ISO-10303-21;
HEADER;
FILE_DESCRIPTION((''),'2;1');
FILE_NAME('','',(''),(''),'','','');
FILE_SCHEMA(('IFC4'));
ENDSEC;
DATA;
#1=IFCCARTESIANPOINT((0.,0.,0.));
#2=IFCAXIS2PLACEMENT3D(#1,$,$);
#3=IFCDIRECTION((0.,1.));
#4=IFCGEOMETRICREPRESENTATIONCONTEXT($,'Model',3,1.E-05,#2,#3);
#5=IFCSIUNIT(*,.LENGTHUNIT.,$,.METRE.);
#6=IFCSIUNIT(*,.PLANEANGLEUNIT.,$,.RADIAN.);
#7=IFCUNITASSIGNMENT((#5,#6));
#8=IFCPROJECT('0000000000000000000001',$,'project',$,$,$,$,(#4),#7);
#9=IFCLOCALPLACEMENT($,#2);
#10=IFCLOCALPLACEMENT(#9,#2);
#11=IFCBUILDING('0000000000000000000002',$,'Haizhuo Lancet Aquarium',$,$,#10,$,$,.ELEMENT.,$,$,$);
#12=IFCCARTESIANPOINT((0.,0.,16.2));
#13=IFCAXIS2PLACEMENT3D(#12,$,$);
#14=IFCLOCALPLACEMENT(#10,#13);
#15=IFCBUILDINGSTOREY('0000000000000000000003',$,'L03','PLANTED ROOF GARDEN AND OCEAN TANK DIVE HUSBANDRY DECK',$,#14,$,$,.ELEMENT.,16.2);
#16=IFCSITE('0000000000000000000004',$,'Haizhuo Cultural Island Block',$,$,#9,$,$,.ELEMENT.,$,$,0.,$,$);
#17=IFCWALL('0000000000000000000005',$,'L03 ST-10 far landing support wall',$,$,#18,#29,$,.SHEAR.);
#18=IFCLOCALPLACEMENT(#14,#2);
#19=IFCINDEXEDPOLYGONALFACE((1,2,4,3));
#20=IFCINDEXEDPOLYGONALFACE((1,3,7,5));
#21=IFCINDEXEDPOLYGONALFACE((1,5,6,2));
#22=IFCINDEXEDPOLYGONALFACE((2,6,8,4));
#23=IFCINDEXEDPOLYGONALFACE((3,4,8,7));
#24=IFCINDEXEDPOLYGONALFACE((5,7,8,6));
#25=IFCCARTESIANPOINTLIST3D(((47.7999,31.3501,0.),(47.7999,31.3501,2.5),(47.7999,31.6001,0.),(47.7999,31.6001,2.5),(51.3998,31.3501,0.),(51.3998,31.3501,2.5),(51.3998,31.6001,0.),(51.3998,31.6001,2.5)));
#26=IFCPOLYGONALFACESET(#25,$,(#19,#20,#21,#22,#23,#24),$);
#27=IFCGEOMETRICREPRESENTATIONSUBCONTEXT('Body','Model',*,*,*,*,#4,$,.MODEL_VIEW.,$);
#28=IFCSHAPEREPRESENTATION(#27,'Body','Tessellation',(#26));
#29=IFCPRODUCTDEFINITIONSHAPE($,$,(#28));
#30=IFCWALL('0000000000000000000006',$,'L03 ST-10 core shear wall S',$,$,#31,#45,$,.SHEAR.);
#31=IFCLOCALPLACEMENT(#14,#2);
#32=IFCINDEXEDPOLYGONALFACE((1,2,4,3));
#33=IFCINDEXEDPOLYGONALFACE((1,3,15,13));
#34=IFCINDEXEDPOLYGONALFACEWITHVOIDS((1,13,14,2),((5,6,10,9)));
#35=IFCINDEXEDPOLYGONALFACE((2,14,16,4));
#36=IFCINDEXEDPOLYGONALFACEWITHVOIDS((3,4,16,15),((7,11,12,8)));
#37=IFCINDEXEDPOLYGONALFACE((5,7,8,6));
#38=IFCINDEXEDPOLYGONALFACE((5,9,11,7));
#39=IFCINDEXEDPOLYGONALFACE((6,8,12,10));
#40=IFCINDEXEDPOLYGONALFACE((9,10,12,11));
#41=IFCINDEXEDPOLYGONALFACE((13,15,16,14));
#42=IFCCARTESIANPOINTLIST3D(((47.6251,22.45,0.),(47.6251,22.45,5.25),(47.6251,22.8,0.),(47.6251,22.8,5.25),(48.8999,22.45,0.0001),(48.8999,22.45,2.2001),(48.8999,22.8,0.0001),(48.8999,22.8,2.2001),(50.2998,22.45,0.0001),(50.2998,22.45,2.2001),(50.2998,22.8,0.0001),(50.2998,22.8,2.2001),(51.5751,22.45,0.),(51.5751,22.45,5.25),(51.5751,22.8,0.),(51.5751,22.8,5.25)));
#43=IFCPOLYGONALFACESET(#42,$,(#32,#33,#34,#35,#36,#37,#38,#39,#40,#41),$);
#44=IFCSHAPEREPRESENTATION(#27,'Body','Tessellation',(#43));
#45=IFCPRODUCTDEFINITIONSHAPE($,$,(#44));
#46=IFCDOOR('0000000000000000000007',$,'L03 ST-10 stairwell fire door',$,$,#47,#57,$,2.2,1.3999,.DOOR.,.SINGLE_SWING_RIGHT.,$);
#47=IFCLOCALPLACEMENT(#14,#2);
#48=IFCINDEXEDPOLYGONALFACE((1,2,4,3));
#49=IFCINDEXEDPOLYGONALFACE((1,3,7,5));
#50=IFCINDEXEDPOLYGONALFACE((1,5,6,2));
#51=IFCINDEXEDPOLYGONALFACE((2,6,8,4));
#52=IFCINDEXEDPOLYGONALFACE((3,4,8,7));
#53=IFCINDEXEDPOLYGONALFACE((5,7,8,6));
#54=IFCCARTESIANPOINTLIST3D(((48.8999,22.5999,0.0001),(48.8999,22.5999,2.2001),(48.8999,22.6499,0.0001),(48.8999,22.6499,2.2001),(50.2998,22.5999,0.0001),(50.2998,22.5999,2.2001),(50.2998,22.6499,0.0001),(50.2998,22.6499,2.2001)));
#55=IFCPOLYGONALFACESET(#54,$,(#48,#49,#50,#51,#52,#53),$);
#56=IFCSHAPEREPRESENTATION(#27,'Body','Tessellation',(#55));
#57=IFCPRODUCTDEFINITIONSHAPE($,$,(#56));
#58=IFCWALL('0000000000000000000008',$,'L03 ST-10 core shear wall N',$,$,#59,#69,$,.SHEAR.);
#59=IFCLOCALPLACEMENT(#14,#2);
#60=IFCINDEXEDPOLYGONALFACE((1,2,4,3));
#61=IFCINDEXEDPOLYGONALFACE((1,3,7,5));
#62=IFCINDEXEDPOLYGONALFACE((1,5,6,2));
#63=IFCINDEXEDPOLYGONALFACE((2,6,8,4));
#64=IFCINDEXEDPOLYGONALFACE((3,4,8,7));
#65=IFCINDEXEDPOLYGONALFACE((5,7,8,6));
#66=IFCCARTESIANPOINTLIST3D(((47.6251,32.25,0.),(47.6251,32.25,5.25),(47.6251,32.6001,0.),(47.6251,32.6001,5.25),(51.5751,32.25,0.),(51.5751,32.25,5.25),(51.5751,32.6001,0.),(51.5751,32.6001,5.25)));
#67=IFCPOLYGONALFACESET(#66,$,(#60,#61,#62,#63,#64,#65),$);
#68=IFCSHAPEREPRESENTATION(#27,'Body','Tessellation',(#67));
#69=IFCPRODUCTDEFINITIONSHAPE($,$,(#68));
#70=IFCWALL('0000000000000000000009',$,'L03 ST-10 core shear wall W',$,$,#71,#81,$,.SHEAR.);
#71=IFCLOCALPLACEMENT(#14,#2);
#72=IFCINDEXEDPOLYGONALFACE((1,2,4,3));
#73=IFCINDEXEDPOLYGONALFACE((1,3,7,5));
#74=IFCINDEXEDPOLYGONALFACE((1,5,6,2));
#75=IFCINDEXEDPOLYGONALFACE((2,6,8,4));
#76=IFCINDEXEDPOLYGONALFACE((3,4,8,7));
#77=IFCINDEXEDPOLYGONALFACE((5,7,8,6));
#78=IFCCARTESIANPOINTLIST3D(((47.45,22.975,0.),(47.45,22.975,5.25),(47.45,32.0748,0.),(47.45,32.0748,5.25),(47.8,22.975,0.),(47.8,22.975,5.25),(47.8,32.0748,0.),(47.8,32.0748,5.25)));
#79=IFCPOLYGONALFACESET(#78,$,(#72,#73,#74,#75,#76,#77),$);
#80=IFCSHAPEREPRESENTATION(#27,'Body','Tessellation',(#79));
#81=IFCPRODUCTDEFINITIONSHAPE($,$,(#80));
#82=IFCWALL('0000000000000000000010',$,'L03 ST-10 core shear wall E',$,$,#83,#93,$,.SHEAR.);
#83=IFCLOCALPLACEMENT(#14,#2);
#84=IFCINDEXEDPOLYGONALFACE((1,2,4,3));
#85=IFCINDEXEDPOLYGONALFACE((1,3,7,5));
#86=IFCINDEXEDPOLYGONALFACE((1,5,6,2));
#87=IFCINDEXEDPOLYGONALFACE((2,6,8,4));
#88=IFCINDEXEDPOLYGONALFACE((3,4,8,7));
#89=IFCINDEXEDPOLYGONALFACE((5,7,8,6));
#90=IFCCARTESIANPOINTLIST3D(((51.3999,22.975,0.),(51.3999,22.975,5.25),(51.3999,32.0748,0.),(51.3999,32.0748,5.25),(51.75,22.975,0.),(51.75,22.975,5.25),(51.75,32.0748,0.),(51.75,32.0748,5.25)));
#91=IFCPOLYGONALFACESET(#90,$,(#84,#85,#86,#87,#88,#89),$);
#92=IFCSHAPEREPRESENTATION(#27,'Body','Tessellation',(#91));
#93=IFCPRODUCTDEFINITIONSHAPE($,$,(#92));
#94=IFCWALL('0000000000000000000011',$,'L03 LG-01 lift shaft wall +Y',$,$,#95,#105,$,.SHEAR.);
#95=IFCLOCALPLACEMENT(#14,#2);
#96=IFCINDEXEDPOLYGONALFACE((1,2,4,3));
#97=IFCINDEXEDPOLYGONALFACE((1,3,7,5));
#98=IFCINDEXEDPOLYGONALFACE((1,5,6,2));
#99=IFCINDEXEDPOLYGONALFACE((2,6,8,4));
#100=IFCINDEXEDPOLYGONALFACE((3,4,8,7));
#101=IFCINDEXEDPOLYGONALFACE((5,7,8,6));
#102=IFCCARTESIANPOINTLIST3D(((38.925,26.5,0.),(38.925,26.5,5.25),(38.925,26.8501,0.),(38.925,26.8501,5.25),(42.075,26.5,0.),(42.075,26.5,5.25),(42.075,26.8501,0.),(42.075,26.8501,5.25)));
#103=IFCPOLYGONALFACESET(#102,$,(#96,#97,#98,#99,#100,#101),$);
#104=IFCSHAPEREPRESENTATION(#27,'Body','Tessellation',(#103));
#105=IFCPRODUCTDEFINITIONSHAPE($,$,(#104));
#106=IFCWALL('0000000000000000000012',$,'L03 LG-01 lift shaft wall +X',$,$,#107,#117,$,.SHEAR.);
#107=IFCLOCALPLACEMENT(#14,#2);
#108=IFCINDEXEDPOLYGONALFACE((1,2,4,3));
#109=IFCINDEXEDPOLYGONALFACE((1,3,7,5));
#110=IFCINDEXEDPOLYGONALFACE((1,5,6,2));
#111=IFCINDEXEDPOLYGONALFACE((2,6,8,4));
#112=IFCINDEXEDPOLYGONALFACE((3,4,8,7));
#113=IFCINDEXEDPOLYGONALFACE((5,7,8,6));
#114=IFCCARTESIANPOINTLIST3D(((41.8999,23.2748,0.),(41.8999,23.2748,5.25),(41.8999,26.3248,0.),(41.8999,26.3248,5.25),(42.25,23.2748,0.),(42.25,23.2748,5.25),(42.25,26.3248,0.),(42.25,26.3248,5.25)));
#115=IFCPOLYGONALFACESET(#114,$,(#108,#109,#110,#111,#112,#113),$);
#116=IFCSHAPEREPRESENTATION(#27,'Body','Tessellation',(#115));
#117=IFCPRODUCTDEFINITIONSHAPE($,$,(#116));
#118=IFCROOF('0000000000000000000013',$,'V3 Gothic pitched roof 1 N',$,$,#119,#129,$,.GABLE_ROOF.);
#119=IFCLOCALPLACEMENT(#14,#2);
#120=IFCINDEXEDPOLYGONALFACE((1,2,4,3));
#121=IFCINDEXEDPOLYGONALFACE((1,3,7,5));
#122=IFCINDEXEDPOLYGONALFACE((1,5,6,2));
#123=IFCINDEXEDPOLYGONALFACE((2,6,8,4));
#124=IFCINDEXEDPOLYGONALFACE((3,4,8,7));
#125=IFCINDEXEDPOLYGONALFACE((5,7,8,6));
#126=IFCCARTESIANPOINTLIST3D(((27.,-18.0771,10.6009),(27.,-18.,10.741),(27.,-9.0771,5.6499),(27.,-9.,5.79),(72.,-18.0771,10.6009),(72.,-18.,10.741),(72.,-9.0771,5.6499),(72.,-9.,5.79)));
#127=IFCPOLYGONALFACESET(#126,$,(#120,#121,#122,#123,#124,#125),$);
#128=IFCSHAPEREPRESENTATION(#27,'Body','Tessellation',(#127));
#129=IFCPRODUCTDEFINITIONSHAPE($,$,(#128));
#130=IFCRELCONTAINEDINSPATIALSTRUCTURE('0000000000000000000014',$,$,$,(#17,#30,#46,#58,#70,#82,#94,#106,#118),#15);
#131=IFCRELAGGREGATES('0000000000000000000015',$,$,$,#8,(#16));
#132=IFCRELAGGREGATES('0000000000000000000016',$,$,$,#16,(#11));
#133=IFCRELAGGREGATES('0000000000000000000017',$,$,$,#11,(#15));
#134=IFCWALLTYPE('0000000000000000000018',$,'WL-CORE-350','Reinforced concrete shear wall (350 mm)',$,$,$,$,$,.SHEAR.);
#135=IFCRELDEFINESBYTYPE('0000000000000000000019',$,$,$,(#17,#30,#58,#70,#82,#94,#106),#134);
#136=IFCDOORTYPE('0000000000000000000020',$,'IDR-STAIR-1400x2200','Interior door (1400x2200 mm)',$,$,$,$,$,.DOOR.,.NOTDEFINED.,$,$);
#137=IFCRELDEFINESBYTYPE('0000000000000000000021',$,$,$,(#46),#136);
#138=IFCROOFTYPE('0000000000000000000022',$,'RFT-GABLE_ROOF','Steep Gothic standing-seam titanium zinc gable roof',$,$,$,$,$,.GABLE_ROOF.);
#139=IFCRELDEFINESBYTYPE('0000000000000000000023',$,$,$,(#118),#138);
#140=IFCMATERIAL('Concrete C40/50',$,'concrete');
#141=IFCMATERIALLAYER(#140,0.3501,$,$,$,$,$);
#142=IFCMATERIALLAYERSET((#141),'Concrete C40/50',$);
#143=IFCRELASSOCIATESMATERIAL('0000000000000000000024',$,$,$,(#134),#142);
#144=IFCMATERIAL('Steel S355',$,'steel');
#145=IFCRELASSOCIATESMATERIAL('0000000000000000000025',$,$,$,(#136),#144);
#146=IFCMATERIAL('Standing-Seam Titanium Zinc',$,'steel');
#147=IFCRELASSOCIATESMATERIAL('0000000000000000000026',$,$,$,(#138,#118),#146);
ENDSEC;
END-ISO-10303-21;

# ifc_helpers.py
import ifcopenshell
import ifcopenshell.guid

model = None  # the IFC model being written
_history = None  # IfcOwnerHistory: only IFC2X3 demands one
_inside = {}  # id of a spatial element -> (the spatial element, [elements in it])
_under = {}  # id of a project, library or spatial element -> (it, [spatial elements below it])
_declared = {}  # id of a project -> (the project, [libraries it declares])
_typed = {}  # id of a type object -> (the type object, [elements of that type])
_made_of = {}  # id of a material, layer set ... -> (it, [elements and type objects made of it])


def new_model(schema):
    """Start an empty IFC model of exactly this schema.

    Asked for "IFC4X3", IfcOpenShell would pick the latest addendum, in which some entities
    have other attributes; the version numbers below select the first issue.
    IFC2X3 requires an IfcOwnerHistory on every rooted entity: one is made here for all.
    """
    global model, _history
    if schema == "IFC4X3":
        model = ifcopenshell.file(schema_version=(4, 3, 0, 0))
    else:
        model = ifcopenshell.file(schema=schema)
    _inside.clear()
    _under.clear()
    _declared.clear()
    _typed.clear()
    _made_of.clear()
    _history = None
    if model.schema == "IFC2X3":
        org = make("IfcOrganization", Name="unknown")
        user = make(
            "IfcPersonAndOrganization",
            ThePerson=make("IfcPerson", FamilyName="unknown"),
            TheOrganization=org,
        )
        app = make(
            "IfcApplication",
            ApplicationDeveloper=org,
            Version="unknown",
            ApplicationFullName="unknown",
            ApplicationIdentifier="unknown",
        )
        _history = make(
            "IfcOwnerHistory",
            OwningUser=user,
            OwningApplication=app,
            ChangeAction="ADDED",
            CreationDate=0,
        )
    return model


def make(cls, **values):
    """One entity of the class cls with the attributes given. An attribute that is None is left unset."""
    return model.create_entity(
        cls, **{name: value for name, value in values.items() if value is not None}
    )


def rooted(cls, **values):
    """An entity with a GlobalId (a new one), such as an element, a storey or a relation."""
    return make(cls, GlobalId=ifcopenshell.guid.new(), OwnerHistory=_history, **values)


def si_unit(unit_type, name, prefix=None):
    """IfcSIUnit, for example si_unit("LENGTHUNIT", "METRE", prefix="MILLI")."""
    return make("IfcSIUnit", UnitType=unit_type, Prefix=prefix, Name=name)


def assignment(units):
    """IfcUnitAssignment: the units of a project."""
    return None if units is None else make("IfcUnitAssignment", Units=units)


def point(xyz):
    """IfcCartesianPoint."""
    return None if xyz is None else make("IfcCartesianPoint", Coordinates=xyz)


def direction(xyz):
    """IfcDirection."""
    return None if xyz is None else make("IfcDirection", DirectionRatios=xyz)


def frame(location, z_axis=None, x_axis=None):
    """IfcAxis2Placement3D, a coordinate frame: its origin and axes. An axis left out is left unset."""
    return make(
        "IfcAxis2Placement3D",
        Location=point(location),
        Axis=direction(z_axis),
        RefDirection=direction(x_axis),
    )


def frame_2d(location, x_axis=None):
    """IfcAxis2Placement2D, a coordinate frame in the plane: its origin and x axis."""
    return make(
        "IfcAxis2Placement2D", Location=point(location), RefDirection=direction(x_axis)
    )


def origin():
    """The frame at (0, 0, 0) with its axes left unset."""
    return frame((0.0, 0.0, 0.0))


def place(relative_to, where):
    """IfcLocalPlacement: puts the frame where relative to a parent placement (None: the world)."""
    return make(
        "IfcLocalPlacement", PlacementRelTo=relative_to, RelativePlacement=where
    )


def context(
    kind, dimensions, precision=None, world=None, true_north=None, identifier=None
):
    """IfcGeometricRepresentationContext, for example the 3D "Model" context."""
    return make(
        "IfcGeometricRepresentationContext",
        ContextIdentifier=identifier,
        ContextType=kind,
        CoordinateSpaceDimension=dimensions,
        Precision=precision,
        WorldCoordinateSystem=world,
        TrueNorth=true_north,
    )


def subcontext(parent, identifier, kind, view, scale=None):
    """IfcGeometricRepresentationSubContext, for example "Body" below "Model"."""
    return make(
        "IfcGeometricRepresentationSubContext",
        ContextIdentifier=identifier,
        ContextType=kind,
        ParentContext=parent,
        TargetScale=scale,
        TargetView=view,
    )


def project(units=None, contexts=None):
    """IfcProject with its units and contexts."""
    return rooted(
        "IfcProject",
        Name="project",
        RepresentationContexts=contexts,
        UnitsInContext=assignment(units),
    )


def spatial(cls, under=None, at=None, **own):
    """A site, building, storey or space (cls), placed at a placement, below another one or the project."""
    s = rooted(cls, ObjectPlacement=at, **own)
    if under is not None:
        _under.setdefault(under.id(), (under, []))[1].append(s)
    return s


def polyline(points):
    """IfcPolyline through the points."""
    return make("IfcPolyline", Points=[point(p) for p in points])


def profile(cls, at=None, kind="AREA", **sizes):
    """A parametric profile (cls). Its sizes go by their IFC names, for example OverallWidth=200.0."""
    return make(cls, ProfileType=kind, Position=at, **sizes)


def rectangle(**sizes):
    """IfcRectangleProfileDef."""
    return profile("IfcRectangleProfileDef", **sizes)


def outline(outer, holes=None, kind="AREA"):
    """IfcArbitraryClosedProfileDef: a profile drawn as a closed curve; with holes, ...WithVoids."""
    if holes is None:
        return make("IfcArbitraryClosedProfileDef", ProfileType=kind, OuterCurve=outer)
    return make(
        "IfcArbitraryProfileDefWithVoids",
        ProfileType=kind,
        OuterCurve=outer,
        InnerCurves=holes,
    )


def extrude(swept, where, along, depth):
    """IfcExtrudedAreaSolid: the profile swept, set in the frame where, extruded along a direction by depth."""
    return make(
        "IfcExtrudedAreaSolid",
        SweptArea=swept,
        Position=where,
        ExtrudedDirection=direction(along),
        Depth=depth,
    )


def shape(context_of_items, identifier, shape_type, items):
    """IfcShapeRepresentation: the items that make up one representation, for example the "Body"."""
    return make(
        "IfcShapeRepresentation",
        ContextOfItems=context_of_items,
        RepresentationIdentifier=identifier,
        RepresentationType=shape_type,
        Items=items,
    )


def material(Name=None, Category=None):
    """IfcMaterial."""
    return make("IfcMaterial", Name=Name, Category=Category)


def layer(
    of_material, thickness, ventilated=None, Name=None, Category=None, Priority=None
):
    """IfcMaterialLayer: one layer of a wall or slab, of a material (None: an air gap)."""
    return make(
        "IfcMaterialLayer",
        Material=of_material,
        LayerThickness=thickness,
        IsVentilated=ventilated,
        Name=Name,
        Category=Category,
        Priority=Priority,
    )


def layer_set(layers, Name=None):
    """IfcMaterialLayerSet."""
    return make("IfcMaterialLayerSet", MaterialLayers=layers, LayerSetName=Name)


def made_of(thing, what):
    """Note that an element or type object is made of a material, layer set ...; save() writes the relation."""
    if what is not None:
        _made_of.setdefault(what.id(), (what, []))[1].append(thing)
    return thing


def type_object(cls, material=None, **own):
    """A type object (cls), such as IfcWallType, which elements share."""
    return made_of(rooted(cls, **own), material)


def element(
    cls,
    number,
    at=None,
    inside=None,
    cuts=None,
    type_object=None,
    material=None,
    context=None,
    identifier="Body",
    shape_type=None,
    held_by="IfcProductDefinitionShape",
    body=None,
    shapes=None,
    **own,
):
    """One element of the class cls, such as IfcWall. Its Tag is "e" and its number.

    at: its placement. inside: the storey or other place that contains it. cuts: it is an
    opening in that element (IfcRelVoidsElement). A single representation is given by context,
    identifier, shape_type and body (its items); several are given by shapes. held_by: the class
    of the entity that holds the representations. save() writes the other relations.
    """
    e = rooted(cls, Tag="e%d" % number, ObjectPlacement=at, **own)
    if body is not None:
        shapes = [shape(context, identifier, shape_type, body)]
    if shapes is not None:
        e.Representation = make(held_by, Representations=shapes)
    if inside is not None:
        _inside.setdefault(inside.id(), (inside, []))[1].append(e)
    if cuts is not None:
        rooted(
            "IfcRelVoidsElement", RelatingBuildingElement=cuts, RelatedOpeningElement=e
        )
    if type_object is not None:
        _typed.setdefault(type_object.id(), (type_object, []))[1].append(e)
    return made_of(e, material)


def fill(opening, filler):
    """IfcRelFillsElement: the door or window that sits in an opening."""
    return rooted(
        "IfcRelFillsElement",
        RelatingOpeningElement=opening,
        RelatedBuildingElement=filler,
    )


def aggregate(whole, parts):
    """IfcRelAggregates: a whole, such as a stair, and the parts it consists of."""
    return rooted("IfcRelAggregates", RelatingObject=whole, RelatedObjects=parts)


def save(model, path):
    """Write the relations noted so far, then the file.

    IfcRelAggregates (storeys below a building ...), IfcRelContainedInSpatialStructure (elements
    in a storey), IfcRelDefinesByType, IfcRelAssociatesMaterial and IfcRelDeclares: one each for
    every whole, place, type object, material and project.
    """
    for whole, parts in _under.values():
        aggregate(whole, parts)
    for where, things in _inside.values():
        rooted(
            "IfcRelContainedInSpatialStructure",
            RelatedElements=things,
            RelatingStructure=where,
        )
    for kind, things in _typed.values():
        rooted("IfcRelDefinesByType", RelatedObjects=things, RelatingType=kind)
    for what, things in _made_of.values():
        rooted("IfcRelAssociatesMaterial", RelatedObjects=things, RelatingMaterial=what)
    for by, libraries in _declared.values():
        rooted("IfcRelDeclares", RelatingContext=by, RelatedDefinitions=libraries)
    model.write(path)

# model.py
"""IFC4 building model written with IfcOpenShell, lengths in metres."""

from ifc_helpers import new_model, si_unit, direction, frame, frame_2d, origin, place, context, subcontext, project, spatial, polyline, rectangle, outline, extrude, material, layer, layer_set, type_object, element, fill, save


model = new_model("IFC4")

# Units and contexts
model_context = context("Model", 3, precision=1e-05, world=origin(), true_north=direction((0.0, 1.0)))
body_context = subcontext(model_context, "Body", "Model", "MODEL_VIEW")
ifc_project = project(units=[si_unit("LENGTHUNIT", "METRE"), si_unit("PLANEANGLEUNIT", "RADIAN")], contexts=[model_context])

# Site, building, storey
site_placement = place(None, origin())
site = spatial("IfcSite", under=ifc_project, at=site_placement, Name="Haizhuo Cultural Island Block", CompositionType="ELEMENT", RefElevation=0.0)
building_placement = place(site_placement, origin())
building = spatial("IfcBuilding", under=site, at=building_placement, Name="Haizhuo Lancet Aquarium", CompositionType="ELEMENT")
storey_placement = place(building_placement, frame((0.0, 0.0, 16.2)))
storey = spatial("IfcBuildingStorey", under=building, at=storey_placement, Name="L03", Description="PLANTED ROOF GARDEN AND OCEAN TANK DIVE HUSBANDRY DECK", CompositionType="ELEMENT", Elevation=16.2)

# Shared definitions
ifc_material_1 = material(Name="Concrete C40/50", Category="concrete")

# Shared definitions
ifc_material_2 = material(Name="Steel S355", Category="steel")

# Wall
ifc_layer_1 = layer(ifc_material_1, 0.3501)
ifc_layer_set_1 = layer_set([ifc_layer_1], Name="Concrete C40/50")
wall_type_1 = type_object("IfcWallType", Name="WL-CORE-350", Description="Reinforced concrete shear wall (350 mm)", PredefinedType="SHEAR", material=ifc_layer_set_1)
for number, where, z_axis, x_axis, name in (
    (1, (47.8, 31.4751, 0.0), (0.0, 0.0, 1.0), (1.0, 0.0, 0.0), "L03 ST-10 far landing support wall"),
):
    element("IfcWall", number, at=place(storey_placement, frame(where, z_axis=z_axis, x_axis=x_axis)), inside=storey, type_object=wall_type_1, Name=name, PredefinedType="SHEAR", context=body_context, shape_type="SweptSolid", body=[
        extrude(rectangle(XDim=3.5999, YDim=0.25, at=frame_2d((1.7998, 0.0))), origin(), (0.0, 0.0, 1.0), 2.5),
    ])

# Wall, opening, door
wall_1_placement = place(storey_placement, frame((47.625, 22.625, 0.0), z_axis=(0.0, 0.0, 1.0), x_axis=(1.0, 0.0, 0.0)))
wall_1 = element("IfcWall", 2, at=wall_1_placement, inside=storey, type_object=wall_type_1, Name="L03 ST-10 core shear wall S", PredefinedType="SHEAR", context=body_context, shape_type="SweptSolid", body=[
    extrude(rectangle(XDim=3.95, YDim=0.3501, at=frame_2d((1.9751, 0.0))), origin(), (0.0, 0.0, 1.0), 5.25),
])
opening_1_placement = place(wall_1_placement, frame((1.2749, 0.0, 0.0)))
opening_1 = element("IfcOpeningElement", 3, at=opening_1_placement, cuts=wall_1, PredefinedType="OPENING", context=body_context, shape_type="SweptSolid", body=[
    extrude(rectangle(XDim=1.3999, YDim=2.2, at=frame_2d((0.7, 1.1001))), frame((0.0, 0.1851, 0.0), z_axis=(0.0, -1.0, 0.0), x_axis=(1.0, 0.0, 0.0)), (0.0, 0.0, 1.0), 0.3701),
])
door_type_1 = type_object("IfcDoorType", Name="IDR-STAIR-1400x2200", Description="Interior door (1400x2200 mm)", OperationType="NOTDEFINED", PredefinedType="DOOR", material=ifc_material_2)
door_1_placement = place(opening_1_placement, origin())
door_1 = element("IfcDoor", 4, at=door_1_placement, inside=storey, type_object=door_type_1, Name="L03 ST-10 stairwell fire door", OperationType="SINGLE_SWING_RIGHT", OverallHeight=2.2, OverallWidth=1.3999, PredefinedType="DOOR", context=body_context, shape_type="SweptSolid", body=[
    extrude(rectangle(XDim=1.3999, YDim=2.2, at=frame_2d((0.7, 1.1001))), frame((0.0, 0.0249, 0.0), z_axis=(0.0, -1.0, 0.0), x_axis=(1.0, 0.0, 0.0)), (0.0, 0.0, 1.0), 0.05),
])
fill(opening_1, door_1)

# Walls
wall_2_placement = place(storey_placement, frame((47.625, 32.425, 0.0), z_axis=(0.0, 0.0, 1.0), x_axis=(1.0, 0.0, 0.0)))
element("IfcWall", 5, at=wall_2_placement, inside=storey, type_object=wall_type_1, Name="L03 ST-10 core shear wall N", PredefinedType="SHEAR", context=body_context, shape_type="SweptSolid", body=[
    extrude(rectangle(XDim=3.95, YDim=0.3501, at=frame_2d((1.9751, 0.0))), origin(), (0.0, 0.0, 1.0), 5.25),
])
for number, where, z_axis, x_axis, name in (
    (6, (47.625, 22.9751, 0.0), (0.0, 0.0, 1.0), (0.0, 1.0, 0.0), "L03 ST-10 core shear wall W"),
    (7, (51.575, 22.9751, 0.0), (0.0, 0.0, 1.0), (0.0, 1.0, 0.0), "L03 ST-10 core shear wall E"),
):
    element("IfcWall", number, at=place(storey_placement, frame(where, z_axis=z_axis, x_axis=x_axis)), inside=storey, type_object=wall_type_1, Name=name, PredefinedType="SHEAR", context=body_context, shape_type="SweptSolid", body=[
        extrude(rectangle(XDim=9.0999, YDim=0.3501, at=frame_2d((4.5498, 0.0))), origin(), (0.0, 0.0, 1.0), 5.25),
    ])
wall_3_placement = place(storey_placement, frame((42.075, 26.675, 0.0), z_axis=(0.0, 0.0, 1.0), x_axis=(-1.0, 0.0, 0.0)))
element("IfcWall", 8, at=wall_3_placement, inside=storey, type_object=wall_type_1, Name="L03 LG-01 lift shaft wall +Y", PredefinedType="SHEAR", context=body_context, shape_type="SweptSolid", body=[
    extrude(rectangle(XDim=3.1499, YDim=0.3501, at=frame_2d((1.575, 0.0))), origin(), (0.0, 0.0, 1.0), 5.25),
])
wall_4_placement = place(storey_placement, frame((42.075, 23.2749, 0.0), z_axis=(0.0, 0.0, 1.0), x_axis=(0.0, 1.0, 0.0)))
element("IfcWall", 9, at=wall_4_placement, inside=storey, type_object=wall_type_1, Name="L03 LG-01 lift shaft wall +X", PredefinedType="SHEAR", context=body_context, shape_type="SweptSolid", body=[
    extrude(rectangle(XDim=3.05, YDim=0.3501, at=frame_2d((1.5249, 0.0))), origin(), (0.0, 0.0, 1.0), 5.25),
])

# Roof
ifc_material_3 = material(Name="Standing-Seam Titanium Zinc", Category="steel")
roof_type = type_object("IfcRoofType", Name="RFT-GABLE_ROOF", Description="Steep Gothic standing-seam titanium zinc gable roof", PredefinedType="GABLE_ROOF", material=ifc_material_3)
roof_placement = place(storey_placement, frame((72.0, -9.0, 5.79), z_axis=(0.0, 0.481988, 0.876178), x_axis=(-1.0, 0.0, 0.0)))
element("IfcRoof", 10, at=roof_placement, inside=storey, type_object=roof_type, material=ifc_material_3, Name="V3 Gothic pitched roof 1 N", PredefinedType="GABLE_ROOF", context=body_context, shape_type="SweptSolid", body=[
    extrude(outline(polyline([(0.0, 0.0), (45.0, 0.0), (45.0, 10.2719), (0.0, 10.2719), (0.0, 0.0)])), origin(), (0.0, 0.0, -1.0), 0.1599),
])

save(model, "model.ifc")
